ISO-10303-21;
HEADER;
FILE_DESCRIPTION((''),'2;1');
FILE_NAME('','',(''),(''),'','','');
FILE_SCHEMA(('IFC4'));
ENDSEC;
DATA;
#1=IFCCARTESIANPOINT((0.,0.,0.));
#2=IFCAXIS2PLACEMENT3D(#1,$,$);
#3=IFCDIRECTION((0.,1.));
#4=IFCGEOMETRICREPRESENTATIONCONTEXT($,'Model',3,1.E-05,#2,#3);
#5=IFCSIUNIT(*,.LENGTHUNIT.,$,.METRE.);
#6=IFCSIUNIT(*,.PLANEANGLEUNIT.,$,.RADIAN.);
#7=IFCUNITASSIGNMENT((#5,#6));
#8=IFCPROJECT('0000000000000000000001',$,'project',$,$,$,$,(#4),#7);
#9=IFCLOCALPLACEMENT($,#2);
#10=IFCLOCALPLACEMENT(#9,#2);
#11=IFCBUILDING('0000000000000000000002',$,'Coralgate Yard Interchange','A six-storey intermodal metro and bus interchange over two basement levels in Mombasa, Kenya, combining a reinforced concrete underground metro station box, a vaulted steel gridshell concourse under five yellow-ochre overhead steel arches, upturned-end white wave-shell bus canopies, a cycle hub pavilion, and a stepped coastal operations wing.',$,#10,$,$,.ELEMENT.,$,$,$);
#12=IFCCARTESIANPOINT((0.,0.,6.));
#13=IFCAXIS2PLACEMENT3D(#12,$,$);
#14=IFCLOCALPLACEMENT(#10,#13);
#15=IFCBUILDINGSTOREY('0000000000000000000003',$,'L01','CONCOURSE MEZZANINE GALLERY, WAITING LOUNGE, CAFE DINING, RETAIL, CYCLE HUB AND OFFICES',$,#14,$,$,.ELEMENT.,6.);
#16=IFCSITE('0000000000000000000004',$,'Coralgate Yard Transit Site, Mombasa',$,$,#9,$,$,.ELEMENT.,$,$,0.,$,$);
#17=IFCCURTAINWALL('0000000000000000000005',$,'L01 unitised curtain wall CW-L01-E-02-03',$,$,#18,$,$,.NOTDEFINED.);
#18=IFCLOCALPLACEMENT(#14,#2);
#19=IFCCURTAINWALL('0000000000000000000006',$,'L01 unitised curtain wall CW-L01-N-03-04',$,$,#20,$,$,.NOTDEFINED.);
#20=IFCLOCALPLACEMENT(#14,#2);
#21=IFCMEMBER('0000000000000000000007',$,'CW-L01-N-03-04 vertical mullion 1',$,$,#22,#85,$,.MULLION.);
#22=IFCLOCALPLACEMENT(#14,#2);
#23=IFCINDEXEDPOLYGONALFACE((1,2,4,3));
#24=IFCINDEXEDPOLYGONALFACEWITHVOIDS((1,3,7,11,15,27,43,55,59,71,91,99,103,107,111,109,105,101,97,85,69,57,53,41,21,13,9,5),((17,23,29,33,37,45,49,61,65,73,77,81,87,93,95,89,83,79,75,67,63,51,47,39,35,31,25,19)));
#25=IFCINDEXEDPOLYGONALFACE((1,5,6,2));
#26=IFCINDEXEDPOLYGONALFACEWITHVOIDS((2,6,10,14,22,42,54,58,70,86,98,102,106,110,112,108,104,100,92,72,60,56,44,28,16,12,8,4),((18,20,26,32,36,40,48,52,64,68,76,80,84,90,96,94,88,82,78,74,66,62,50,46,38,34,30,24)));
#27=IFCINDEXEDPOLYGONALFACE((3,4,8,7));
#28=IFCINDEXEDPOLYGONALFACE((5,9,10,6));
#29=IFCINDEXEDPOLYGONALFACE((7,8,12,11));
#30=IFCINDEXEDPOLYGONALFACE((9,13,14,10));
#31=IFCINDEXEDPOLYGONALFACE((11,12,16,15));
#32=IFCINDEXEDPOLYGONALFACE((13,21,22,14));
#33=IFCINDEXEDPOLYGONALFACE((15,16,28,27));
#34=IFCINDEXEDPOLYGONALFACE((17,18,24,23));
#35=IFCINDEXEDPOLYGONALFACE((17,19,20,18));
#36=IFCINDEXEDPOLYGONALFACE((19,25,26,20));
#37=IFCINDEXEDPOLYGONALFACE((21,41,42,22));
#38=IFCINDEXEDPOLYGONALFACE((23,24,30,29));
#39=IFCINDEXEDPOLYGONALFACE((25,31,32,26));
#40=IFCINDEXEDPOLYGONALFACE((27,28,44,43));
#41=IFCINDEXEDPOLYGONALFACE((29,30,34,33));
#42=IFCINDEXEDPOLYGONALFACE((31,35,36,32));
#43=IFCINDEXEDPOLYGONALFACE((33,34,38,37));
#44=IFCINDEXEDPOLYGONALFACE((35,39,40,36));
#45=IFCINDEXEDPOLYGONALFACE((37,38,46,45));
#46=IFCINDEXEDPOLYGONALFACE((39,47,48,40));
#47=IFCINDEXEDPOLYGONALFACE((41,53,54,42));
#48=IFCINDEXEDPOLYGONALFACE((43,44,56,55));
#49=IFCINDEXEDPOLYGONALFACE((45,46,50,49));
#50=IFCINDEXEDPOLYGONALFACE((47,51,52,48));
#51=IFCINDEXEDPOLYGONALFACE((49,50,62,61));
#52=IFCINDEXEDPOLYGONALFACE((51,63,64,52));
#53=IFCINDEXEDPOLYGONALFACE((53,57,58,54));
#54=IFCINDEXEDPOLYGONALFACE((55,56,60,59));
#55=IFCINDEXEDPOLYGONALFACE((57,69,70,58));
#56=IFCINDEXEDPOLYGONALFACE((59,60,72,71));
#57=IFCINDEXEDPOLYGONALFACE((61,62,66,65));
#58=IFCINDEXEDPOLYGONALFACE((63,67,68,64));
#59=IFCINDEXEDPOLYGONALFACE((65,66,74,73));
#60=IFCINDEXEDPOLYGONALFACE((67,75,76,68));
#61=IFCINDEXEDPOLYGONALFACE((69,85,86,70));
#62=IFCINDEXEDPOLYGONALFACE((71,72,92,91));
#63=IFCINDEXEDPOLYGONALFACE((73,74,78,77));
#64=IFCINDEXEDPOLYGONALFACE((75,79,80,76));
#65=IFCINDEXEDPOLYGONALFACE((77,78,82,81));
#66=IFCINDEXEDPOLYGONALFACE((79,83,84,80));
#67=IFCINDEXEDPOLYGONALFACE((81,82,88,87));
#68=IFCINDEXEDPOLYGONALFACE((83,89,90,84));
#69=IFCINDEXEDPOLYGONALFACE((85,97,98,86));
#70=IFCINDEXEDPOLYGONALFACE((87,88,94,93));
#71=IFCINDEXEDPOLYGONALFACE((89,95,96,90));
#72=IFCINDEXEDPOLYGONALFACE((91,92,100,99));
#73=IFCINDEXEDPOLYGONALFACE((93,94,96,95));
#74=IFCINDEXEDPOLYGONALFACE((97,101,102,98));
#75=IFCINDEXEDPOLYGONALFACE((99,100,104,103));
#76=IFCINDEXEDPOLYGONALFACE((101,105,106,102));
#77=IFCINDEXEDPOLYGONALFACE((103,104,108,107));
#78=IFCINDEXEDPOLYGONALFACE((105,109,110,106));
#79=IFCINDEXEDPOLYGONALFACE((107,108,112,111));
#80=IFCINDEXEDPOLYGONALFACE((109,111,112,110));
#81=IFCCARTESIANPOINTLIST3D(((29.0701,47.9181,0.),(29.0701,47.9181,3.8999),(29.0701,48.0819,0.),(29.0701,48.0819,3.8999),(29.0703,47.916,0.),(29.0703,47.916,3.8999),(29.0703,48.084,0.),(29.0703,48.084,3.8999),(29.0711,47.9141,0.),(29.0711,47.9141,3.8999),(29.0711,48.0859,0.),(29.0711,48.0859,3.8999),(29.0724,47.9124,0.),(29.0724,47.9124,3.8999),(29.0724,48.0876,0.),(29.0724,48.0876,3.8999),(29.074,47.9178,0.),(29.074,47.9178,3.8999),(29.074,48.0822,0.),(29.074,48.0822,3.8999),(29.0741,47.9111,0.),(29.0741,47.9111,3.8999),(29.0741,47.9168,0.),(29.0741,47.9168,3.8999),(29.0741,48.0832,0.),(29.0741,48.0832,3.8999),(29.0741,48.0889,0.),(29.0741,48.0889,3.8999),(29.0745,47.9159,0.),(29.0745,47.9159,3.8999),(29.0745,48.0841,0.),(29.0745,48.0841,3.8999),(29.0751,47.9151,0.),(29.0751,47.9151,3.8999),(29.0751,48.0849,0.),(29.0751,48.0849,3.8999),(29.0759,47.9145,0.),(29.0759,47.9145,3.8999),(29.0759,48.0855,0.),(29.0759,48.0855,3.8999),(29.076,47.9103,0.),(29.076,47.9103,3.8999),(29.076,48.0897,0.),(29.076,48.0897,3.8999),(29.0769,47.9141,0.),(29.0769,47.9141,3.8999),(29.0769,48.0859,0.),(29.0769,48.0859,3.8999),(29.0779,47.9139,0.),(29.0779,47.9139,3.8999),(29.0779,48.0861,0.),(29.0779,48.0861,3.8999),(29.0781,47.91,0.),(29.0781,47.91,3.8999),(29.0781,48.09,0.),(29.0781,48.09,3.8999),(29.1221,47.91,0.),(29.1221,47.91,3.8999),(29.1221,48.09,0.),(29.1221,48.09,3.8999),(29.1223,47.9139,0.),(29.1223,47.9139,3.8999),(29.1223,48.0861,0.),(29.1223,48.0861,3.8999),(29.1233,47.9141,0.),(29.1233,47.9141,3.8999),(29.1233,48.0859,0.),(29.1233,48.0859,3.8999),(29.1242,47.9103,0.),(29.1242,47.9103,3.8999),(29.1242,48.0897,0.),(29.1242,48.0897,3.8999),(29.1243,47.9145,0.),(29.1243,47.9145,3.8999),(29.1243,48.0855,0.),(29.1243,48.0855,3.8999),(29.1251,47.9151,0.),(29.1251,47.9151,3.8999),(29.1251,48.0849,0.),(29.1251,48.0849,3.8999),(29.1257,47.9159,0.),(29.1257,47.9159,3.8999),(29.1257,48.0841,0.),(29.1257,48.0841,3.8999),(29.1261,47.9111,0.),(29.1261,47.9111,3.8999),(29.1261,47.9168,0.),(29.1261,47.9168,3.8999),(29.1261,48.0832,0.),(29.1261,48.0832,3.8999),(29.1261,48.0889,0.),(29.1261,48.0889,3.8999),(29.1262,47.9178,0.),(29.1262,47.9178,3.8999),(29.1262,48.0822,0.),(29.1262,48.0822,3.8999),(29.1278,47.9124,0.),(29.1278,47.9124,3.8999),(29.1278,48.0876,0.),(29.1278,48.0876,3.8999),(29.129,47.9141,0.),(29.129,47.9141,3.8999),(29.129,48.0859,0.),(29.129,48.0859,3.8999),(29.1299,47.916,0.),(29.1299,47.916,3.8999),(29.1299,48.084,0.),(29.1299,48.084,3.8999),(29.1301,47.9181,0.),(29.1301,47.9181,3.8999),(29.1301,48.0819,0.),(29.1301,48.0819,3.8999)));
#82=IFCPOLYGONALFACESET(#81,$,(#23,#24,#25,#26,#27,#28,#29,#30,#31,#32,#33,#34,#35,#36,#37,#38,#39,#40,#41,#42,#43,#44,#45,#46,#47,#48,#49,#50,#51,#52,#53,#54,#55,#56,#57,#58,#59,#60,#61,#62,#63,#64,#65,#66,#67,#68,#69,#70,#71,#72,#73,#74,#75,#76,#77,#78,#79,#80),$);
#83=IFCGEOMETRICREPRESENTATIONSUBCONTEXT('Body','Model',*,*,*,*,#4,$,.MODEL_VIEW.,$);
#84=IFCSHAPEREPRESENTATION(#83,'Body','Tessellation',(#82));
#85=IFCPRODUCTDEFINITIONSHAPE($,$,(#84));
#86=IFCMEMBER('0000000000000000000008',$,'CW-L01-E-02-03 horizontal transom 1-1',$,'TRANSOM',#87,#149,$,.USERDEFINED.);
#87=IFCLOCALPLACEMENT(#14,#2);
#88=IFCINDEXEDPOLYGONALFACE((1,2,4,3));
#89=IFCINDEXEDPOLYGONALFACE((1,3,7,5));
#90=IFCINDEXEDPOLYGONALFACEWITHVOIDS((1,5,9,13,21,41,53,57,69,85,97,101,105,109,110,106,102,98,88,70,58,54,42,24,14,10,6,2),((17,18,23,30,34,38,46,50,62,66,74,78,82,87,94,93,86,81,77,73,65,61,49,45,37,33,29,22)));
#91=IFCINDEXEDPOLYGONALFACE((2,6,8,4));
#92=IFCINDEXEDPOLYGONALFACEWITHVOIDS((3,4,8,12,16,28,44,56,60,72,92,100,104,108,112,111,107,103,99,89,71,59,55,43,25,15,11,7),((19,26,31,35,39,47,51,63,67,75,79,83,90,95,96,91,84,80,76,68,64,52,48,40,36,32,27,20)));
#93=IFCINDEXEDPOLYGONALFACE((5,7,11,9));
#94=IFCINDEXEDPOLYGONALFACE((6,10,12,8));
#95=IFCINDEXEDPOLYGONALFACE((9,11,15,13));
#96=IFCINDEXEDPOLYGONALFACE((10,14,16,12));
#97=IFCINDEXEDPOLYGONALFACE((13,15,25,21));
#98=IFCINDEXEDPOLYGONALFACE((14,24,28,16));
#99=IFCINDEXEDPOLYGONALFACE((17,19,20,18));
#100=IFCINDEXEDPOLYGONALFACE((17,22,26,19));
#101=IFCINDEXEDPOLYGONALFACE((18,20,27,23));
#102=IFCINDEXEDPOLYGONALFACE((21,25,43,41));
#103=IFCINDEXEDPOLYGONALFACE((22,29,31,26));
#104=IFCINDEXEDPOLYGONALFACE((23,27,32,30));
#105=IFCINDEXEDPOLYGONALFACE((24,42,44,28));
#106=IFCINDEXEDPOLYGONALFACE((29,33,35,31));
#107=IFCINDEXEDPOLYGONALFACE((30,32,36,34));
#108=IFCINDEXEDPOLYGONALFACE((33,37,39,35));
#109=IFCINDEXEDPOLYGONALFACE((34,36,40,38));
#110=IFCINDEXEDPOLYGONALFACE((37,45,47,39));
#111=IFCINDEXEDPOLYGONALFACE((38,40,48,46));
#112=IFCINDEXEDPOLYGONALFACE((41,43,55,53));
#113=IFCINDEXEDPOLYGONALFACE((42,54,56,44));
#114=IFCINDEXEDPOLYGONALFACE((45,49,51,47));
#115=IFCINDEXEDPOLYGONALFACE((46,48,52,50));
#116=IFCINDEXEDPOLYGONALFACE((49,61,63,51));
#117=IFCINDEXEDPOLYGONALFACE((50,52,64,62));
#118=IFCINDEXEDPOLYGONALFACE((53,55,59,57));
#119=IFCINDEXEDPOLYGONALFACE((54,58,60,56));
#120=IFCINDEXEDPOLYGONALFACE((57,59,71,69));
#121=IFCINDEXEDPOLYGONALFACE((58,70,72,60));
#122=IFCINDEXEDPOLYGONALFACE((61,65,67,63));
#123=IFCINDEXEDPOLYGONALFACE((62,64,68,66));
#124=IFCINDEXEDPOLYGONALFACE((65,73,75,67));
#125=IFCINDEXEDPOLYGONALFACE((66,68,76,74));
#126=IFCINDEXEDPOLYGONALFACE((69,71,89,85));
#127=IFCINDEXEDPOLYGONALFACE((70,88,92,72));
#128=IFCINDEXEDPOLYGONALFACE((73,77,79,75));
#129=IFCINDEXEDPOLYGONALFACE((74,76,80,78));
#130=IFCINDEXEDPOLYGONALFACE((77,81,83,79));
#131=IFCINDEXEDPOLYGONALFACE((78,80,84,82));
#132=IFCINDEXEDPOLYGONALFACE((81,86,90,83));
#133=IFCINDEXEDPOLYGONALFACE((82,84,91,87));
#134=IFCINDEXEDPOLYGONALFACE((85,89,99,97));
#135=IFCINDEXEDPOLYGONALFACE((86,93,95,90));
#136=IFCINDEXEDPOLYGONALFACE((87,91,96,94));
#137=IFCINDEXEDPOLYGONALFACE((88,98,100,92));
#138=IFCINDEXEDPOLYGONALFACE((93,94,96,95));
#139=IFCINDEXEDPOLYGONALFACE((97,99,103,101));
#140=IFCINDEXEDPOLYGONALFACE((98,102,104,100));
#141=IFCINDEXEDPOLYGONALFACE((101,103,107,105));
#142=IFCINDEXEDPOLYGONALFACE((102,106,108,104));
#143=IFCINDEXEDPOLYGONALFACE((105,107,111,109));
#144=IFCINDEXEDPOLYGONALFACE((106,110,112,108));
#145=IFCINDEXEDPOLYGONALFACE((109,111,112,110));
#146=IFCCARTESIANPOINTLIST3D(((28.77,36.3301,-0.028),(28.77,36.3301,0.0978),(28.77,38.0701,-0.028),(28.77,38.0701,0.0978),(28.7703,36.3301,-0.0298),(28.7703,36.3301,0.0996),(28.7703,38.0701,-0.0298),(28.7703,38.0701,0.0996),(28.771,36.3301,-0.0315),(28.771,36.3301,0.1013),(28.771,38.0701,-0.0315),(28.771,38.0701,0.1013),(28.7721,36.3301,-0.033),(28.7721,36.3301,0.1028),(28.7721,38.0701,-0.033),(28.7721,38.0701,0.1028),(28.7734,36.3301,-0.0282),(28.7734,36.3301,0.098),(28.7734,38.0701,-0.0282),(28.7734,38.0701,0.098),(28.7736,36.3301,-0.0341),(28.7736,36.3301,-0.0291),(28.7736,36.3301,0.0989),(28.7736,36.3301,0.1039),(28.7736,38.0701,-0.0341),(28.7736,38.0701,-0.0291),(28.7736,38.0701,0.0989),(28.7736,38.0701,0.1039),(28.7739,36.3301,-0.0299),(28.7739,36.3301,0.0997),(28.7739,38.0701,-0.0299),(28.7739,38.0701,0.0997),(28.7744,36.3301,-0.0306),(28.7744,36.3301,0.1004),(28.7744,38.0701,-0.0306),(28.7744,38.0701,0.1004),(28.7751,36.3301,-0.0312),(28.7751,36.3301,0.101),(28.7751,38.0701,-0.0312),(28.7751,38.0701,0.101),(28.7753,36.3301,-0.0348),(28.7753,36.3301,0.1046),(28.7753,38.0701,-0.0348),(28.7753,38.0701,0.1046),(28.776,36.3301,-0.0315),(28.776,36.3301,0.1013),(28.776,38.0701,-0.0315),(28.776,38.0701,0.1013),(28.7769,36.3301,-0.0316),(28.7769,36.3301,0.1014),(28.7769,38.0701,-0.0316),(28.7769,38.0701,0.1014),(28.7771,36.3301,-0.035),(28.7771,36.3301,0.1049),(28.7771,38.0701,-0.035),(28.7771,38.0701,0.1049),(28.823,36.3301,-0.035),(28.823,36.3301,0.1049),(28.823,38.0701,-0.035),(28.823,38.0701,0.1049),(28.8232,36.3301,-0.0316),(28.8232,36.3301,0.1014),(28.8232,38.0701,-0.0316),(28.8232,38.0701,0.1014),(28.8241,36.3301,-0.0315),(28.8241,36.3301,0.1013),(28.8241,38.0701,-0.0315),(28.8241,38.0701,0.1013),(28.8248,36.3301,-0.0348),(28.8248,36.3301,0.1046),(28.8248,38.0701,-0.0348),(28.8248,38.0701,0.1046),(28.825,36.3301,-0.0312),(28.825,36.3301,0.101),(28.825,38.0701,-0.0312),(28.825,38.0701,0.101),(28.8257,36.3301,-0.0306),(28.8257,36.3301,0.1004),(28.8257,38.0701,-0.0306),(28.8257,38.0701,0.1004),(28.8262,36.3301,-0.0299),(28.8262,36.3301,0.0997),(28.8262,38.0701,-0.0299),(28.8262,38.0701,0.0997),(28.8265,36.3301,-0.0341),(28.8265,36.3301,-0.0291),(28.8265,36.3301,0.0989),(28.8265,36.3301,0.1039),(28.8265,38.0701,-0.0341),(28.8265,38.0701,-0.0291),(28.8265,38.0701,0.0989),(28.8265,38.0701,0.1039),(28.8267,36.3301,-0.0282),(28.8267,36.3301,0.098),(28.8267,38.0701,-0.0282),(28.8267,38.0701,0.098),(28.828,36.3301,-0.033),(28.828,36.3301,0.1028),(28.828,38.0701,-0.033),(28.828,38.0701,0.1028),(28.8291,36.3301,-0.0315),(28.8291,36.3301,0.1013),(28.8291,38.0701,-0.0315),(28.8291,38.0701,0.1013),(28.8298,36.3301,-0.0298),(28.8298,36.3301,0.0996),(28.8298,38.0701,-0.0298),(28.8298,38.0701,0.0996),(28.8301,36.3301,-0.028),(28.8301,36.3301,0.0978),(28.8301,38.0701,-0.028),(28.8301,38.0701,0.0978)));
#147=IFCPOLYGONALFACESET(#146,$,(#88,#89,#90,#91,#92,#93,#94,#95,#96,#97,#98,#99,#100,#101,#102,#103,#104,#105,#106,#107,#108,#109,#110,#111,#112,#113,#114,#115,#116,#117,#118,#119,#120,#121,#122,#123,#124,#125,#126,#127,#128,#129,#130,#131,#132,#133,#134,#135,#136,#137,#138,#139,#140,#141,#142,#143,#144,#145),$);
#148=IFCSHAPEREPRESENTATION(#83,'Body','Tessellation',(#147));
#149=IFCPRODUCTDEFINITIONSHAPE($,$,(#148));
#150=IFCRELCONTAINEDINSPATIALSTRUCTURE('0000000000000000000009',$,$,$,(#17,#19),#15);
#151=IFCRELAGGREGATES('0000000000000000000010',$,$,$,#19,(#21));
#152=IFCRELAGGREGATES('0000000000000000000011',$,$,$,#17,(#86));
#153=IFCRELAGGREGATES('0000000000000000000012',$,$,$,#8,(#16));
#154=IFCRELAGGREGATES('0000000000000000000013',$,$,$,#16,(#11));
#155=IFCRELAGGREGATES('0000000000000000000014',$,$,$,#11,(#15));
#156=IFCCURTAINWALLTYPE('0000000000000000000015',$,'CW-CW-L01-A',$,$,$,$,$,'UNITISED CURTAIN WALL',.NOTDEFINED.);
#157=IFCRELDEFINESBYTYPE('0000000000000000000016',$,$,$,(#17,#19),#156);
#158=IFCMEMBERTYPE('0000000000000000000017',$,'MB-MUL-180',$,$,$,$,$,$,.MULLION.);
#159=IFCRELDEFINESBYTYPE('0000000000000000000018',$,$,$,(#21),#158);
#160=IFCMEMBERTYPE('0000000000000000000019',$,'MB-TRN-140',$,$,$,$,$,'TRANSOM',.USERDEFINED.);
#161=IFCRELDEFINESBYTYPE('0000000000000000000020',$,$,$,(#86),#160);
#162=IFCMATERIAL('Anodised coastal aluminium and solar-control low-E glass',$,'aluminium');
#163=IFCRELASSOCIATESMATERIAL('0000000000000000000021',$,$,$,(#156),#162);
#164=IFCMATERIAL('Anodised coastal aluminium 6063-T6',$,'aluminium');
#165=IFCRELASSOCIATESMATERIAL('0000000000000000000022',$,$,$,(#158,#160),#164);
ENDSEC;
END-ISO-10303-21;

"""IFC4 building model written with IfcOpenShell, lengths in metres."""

from ifc_helpers import new_model, si_unit, direction, frame, origin, origin_2d, place, context, subcontext, project, spatial, hollow_rectangle, extrude, material, material_profile, profile_set, type_object, element, aggregate, save


model = new_model("IFC4")

# Units and contexts
model_context = context("Model", 3, precision=1e-05, world=origin(), true_north=direction((0.0, 1.0)))
body_context = subcontext(model_context, "Body", "Model", "MODEL_VIEW")
ifc_project = project(units=[si_unit("LENGTHUNIT", "METRE"), si_unit("PLANEANGLEUNIT", "RADIAN")], contexts=[model_context])

# Site, building, storey
site_placement = place(None, origin())
site = spatial("IfcSite", under=ifc_project, at=site_placement, Name="Coralgate Yard Transit Site, Mombasa", CompositionType="ELEMENT", RefElevation=0.0)
building_placement = place(site_placement, origin())
building = spatial("IfcBuilding", under=site, at=building_placement, Name="Coralgate Yard Interchange", Description="A six-storey intermodal metro and bus interchange over two basement levels in Mombasa, Kenya, combining a reinforced concrete underground metro station box, a vaulted steel gridshell concourse under five yellow-ochre overhead steel arches, upturned-end white wave-shell bus canopies, a cycle hub pavilion, and a stepped coastal operations wing.", CompositionType="ELEMENT")
storey_placement = place(building_placement, frame((0.0, 0.0, 6.0)))
storey = spatial("IfcBuildingStorey", under=building, at=storey_placement, Name="L01", Description="CONCOURSE MEZZANINE GALLERY, WAITING LOUNGE, CAFE DINING, RETAIL, CYCLE HUB AND OFFICES", CompositionType="ELEMENT", Elevation=6.0)

# Curtain wall
ifc_material_1 = material(Name="Anodised coastal aluminium and solar-control low-E glass", Category="aluminium")
curtain_wall_type_1 = type_object("IfcCurtainWallType", Name="CW-CW-L01-A", ElementType="UNITISED CURTAIN WALL", PredefinedType="NOTDEFINED", material=ifc_material_1)
curtain_wall_1_placement = place(storey_placement, origin())
curtain_wall_1 = element("IfcCurtainWall", 1, at=curtain_wall_1_placement, inside=storey, type_object=curtain_wall_type_1, Name="L01 unitised curtain wall CW-L01-E-02-03", PredefinedType="NOTDEFINED")
ifc_material_2 = material(Name="Anodised coastal aluminium 6063-T6", Category="aluminium")
ifc_material_profile_1 = material_profile(ifc_material_2, hollow_rectangle(XDim=0.0601, YDim=0.1799, WallThickness=0.0039, InnerFilletRadius=0.0039, OuterFilletRadius=0.0081, at=origin_2d()), Name="ALU 60x180x4")
ifc_profile_set_1 = profile_set([ifc_material_profile_1], Name="Anodised coastal aluminium 6063-T6")
member_type_1 = type_object("IfcMemberType", Name="MB-MUL-180", PredefinedType="MULLION", material=ifc_profile_set_1)

# Curtain wall, member
curtain_wall_2_placement = place(storey_placement, origin())
curtain_wall_2 = element("IfcCurtainWall", 2, at=curtain_wall_2_placement, inside=storey, type_object=curtain_wall_type_1, Name="L01 unitised curtain wall CW-L01-N-03-04", PredefinedType="NOTDEFINED")
member_1_placement = place(storey_placement, frame((29.1001, 48.0, 0.0), z_axis=(0.0, 0.0, 1.0), x_axis=(1.0, 0.0, 0.0)))
member_1 = element("IfcMember", 3, at=member_1_placement, type_object=member_type_1, Name="CW-L01-N-03-04 vertical mullion 1", PredefinedType="MULLION", context=body_context, shape_type="SweptSolid", body=[
    extrude(hollow_rectangle(XDim=0.0601, YDim=0.1799, WallThickness=0.0039, InnerFilletRadius=0.0039, OuterFilletRadius=0.0081, at=origin_2d()), origin(), (0.0, 0.0, 1.0), 3.8999),
])

# Member
ifc_material_profile_2 = material_profile(ifc_material_2, hollow_rectangle(XDim=0.0601, YDim=0.1399, WallThickness=0.0034, InnerFilletRadius=0.0034, OuterFilletRadius=0.0071, at=origin_2d()), Name="ALU 60x140x3.5")
ifc_profile_set_2 = profile_set([ifc_material_profile_2], Name="Anodised coastal aluminium 6063-T6")
member_type_2 = type_object("IfcMemberType", Name="MB-TRN-140", ElementType="TRANSOM", PredefinedType="USERDEFINED", material=ifc_profile_set_2)
member_2_placement = place(storey_placement, frame((28.8, 38.0701, 0.0349), z_axis=(0.0, -1.0, 0.0), x_axis=(1.0, 0.0, 0.0)))
member_2 = element("IfcMember", 4, at=member_2_placement, type_object=member_type_2, Name="CW-L01-E-02-03 horizontal transom 1-1", ObjectType="TRANSOM", PredefinedType="USERDEFINED", context=body_context, shape_type="SweptSolid", body=[
    extrude(hollow_rectangle(XDim=0.0601, YDim=0.1399, WallThickness=0.0034, InnerFilletRadius=0.0034, OuterFilletRadius=0.0071, at=origin_2d()), origin(), (0.0, 0.0, 1.0), 1.74),
])
aggregate(curtain_wall_2, [member_1])

aggregate(curtain_wall_1, [member_2])

save(model, "model.ifc")
